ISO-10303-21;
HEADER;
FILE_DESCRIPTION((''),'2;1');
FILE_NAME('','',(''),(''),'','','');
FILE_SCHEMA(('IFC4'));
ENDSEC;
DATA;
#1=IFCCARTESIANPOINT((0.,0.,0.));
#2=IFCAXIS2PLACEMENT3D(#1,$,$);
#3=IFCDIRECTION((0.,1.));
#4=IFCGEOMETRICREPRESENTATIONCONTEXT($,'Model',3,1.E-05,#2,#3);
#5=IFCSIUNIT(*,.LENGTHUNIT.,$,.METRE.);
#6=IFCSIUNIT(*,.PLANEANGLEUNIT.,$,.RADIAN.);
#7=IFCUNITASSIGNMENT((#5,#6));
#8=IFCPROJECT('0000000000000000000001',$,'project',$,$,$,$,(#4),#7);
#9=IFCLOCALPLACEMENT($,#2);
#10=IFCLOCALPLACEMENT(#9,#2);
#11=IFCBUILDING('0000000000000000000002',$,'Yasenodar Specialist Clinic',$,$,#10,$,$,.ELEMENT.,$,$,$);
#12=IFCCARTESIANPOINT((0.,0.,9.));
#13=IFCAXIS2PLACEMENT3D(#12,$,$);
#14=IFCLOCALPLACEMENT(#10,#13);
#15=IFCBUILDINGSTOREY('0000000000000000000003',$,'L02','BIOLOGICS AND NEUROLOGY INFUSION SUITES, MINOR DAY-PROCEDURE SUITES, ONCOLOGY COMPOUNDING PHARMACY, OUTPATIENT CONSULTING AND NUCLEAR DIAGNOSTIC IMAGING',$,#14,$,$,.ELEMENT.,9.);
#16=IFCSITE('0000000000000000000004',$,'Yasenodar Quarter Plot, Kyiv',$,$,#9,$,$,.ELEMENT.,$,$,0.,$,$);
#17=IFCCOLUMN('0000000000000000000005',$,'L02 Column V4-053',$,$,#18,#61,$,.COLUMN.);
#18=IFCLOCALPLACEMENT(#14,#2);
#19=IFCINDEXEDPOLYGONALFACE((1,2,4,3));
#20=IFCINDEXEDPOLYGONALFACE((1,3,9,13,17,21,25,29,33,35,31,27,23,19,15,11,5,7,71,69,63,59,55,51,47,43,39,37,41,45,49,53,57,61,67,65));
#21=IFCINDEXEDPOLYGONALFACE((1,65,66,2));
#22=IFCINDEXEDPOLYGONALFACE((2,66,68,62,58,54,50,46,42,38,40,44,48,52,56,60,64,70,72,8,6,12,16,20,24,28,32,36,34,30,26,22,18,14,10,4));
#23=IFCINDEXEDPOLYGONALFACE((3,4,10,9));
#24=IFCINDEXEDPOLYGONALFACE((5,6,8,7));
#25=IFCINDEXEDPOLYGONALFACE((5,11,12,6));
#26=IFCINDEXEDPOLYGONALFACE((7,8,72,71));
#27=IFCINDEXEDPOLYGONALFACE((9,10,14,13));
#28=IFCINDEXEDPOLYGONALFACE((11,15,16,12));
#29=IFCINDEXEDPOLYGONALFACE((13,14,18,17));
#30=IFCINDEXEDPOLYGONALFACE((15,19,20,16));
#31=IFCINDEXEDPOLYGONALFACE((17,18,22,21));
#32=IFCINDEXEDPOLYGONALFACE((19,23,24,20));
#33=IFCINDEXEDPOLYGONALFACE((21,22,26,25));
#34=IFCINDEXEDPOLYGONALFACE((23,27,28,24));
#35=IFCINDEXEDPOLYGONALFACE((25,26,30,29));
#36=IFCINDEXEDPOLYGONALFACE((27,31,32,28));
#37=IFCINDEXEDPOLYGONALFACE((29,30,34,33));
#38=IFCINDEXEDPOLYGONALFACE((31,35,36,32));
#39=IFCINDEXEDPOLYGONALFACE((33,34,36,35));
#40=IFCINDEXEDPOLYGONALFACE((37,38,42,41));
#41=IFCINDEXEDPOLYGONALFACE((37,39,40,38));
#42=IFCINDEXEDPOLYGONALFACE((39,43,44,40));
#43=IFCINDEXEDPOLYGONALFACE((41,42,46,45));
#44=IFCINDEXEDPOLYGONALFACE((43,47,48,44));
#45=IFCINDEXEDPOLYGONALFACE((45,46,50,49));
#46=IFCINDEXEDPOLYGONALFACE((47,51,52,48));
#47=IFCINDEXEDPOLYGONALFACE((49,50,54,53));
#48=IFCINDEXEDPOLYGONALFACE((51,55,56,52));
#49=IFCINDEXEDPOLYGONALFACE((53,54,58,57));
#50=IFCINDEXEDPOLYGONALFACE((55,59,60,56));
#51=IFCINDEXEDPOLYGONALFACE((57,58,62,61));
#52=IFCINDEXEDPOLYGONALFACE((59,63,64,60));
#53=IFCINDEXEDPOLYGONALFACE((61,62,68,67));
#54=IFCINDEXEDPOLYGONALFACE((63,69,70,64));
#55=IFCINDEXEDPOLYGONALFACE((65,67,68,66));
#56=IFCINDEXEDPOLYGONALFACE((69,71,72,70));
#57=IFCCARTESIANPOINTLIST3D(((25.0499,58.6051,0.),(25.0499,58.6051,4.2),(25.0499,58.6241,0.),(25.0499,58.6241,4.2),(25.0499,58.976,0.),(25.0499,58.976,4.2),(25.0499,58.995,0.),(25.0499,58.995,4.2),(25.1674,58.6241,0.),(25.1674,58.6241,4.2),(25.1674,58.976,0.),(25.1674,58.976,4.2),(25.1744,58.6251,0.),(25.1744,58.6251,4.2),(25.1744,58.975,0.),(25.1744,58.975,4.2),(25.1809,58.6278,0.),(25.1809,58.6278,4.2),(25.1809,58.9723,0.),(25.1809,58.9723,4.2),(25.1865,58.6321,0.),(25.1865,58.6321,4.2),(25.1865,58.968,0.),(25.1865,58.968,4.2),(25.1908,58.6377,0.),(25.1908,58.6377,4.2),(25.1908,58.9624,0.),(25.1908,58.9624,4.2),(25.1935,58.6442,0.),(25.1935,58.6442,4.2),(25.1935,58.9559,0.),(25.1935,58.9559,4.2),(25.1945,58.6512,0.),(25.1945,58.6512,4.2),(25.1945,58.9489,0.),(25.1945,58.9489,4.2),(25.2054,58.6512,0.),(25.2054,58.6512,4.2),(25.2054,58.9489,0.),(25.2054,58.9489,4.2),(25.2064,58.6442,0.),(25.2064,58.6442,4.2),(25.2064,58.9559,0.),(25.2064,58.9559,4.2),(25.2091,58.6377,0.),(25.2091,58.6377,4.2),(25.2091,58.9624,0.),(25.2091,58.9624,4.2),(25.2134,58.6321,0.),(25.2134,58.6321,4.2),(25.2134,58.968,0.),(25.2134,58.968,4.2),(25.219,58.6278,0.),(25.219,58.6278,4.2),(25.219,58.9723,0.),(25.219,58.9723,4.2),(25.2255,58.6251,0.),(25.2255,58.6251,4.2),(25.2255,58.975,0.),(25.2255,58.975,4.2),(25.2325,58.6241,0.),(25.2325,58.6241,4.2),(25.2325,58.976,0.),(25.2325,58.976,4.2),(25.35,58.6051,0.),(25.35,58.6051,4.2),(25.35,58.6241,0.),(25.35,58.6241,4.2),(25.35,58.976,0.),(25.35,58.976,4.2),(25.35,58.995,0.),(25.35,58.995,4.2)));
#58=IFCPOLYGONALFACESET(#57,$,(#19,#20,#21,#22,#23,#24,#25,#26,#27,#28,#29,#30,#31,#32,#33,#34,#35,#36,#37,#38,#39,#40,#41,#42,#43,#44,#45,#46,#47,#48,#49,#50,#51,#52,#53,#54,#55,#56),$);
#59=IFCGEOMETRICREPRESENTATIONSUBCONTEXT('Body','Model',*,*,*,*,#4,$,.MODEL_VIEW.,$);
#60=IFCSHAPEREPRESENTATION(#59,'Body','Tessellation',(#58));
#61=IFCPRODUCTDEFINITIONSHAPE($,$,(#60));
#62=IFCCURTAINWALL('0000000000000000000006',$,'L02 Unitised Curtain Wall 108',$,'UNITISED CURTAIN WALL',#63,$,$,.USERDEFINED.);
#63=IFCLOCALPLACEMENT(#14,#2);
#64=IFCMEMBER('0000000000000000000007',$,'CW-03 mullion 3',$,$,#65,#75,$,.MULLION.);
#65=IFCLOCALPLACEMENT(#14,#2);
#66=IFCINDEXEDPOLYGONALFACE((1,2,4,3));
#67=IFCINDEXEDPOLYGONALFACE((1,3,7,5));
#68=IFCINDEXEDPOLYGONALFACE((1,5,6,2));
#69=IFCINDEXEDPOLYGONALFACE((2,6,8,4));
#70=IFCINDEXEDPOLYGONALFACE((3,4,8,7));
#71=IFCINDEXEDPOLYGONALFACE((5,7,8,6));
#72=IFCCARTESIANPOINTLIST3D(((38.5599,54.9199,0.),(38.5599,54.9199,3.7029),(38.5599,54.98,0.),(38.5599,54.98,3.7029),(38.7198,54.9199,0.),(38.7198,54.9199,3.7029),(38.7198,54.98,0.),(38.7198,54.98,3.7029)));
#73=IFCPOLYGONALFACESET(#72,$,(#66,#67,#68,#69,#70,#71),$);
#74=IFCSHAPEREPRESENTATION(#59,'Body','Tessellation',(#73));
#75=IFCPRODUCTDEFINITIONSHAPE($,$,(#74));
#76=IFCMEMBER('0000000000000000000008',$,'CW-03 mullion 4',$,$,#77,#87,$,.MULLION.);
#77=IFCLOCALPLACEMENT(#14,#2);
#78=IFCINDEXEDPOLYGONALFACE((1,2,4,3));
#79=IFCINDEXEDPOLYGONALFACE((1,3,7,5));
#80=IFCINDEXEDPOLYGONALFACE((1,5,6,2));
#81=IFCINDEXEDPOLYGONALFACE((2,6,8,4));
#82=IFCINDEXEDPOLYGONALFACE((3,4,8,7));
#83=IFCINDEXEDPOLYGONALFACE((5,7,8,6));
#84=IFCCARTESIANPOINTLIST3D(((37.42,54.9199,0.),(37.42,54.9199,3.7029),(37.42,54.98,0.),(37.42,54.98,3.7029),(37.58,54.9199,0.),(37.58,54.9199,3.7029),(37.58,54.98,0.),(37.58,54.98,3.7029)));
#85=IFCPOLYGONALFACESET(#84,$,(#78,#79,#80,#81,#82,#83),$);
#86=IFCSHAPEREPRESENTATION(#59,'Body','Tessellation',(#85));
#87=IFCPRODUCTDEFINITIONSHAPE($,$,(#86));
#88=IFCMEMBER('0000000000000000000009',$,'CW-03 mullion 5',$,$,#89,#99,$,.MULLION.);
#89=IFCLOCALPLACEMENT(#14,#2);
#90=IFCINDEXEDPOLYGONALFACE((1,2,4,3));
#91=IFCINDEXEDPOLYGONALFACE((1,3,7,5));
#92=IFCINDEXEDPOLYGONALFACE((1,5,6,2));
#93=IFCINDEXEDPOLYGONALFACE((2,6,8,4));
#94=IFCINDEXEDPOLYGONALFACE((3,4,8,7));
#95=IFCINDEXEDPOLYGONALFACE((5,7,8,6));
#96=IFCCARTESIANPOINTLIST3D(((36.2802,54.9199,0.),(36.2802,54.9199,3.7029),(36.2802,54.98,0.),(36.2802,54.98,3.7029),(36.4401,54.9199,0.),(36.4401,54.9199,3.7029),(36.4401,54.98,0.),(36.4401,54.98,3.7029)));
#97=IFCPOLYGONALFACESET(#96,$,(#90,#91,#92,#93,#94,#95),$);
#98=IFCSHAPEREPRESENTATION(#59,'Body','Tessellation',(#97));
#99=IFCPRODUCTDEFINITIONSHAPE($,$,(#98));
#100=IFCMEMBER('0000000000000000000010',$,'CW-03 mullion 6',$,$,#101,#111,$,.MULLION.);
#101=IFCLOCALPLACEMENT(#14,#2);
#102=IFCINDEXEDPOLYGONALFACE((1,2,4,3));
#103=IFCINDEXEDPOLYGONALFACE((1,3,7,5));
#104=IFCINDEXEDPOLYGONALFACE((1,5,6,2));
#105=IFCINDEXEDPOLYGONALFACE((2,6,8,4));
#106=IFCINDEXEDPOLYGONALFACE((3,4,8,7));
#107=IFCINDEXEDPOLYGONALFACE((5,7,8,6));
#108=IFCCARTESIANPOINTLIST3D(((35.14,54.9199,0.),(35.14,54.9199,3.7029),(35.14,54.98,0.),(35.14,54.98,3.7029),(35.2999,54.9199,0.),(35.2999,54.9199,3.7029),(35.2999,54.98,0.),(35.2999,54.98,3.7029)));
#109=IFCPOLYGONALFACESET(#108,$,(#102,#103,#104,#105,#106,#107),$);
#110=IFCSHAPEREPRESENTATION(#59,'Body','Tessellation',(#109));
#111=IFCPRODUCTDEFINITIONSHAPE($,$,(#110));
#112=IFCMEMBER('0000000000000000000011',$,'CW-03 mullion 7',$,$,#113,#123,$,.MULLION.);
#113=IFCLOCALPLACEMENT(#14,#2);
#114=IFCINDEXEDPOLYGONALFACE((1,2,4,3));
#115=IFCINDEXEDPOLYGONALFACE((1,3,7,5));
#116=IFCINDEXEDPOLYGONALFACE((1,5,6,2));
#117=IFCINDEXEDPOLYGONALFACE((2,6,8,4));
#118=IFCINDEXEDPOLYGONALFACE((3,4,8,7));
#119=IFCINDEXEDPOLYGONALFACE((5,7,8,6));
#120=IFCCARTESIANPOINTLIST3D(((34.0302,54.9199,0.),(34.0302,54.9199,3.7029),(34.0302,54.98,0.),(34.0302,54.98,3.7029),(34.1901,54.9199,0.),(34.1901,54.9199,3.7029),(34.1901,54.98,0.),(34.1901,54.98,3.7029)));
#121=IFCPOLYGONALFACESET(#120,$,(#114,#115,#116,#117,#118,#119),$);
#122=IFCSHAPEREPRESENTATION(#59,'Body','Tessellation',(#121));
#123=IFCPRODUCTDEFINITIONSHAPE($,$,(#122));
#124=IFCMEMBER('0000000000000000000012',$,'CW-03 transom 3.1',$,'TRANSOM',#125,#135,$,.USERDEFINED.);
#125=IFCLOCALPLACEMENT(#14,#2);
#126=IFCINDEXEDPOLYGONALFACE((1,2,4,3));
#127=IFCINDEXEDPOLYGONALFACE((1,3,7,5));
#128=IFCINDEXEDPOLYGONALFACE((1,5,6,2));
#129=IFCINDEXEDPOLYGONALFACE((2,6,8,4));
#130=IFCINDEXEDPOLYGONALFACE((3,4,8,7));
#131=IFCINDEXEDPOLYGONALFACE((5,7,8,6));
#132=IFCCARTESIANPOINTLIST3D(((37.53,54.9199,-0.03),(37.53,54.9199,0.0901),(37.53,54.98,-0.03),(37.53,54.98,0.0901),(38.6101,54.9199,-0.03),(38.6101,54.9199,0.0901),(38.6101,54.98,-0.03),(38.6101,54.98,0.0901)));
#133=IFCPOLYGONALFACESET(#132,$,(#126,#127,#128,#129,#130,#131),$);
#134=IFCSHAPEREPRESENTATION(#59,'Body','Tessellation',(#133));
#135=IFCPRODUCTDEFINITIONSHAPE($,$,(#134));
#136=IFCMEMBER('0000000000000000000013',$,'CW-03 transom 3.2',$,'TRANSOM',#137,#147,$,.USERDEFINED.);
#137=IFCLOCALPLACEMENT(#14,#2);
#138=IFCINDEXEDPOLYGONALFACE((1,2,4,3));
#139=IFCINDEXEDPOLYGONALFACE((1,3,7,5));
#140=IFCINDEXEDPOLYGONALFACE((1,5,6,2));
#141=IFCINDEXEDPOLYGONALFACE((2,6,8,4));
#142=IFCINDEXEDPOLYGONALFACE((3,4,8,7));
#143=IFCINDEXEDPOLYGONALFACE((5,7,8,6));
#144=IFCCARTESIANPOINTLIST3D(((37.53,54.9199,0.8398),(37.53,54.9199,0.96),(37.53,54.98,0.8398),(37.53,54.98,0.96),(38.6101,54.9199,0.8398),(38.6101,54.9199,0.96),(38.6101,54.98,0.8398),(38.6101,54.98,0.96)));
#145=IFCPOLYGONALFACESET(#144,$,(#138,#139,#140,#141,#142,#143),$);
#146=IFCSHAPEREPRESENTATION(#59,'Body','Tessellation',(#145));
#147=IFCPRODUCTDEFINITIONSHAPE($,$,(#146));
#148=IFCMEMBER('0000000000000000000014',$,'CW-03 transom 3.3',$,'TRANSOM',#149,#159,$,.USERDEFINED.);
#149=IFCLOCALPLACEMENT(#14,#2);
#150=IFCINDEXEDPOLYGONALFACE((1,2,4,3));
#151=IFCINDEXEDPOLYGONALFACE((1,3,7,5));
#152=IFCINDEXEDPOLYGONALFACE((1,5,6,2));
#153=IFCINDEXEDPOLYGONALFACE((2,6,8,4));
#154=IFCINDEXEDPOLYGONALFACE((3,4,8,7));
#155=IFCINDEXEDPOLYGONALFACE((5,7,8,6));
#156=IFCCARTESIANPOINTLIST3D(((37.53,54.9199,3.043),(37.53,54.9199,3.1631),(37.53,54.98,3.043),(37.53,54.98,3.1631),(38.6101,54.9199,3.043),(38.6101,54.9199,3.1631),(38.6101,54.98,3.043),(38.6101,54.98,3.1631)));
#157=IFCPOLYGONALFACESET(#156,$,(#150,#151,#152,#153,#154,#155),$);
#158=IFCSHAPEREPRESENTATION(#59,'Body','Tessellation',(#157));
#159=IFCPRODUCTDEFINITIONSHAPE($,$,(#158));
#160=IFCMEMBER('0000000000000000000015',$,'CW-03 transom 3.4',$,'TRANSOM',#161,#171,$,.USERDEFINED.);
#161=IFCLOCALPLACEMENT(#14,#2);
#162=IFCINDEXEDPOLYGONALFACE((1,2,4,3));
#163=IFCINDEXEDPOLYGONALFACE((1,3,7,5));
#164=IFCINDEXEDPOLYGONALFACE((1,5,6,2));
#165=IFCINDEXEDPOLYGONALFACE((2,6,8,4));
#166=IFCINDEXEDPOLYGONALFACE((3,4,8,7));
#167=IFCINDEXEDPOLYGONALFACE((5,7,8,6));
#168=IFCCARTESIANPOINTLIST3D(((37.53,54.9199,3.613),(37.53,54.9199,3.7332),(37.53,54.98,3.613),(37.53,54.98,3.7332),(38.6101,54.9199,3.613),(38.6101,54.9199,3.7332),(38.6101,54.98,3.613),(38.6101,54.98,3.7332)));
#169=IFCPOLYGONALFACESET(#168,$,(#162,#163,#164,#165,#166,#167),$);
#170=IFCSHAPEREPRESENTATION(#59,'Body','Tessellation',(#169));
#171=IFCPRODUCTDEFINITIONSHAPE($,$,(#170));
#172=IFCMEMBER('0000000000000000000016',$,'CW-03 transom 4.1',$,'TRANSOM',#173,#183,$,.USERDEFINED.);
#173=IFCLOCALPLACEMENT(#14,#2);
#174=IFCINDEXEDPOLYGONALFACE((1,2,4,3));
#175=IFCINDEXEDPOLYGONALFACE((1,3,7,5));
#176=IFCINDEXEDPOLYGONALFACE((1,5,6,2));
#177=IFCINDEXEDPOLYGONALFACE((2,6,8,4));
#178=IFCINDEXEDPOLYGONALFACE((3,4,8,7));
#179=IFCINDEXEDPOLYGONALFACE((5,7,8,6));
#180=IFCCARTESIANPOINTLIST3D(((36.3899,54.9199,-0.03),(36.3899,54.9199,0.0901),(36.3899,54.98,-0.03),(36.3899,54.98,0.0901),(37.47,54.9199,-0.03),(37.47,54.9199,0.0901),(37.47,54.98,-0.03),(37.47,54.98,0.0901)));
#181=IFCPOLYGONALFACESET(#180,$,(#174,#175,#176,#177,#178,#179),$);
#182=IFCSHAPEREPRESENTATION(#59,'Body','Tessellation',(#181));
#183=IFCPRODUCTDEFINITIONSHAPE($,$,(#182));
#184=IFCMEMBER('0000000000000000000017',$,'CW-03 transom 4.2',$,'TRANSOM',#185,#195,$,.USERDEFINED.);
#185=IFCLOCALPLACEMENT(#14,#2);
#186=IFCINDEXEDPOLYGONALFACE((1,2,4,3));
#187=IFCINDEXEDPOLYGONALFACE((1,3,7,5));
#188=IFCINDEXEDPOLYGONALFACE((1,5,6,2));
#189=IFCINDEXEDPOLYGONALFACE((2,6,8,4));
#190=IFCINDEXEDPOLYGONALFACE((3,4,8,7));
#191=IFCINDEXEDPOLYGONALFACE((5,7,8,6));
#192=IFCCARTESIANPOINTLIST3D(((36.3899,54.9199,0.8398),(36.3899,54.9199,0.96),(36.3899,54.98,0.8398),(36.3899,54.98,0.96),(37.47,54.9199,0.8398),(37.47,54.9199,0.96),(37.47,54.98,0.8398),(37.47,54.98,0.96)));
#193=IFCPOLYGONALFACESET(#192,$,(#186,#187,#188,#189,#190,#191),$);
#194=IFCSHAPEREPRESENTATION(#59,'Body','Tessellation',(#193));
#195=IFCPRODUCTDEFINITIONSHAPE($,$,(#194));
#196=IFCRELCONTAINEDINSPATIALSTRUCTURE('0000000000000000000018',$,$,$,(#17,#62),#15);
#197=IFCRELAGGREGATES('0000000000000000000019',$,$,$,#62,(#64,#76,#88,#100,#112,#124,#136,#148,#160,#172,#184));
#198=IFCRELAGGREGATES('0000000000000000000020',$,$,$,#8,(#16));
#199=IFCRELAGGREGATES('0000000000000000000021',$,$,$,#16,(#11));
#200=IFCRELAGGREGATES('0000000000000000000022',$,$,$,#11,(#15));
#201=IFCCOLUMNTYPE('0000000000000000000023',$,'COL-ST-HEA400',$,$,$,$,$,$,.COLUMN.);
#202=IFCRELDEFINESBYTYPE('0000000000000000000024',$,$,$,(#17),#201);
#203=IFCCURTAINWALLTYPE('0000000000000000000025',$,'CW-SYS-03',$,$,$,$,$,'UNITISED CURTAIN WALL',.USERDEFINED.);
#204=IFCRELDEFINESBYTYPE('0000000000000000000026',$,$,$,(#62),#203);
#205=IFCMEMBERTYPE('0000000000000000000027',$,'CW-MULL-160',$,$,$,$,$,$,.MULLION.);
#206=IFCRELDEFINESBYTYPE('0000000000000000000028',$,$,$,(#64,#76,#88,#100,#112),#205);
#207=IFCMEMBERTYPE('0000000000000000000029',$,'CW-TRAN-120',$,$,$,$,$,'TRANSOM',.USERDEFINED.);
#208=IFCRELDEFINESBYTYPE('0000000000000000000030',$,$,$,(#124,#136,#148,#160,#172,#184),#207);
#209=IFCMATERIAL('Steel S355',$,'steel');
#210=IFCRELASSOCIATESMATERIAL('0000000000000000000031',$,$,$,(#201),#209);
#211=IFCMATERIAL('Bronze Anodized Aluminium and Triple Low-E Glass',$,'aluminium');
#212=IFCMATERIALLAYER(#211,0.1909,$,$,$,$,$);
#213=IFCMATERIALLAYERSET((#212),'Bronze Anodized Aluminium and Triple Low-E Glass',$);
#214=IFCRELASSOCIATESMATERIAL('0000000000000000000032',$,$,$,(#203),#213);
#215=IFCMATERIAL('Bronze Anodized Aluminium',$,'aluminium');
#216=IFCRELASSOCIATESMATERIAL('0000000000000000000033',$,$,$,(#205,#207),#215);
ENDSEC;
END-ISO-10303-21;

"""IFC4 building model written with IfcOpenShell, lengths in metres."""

from ifc_helpers import new_model, si_unit, direction, frame, origin, origin_2d, place, context, subcontext, project, spatial, rectangle, i_section, extrude, material, layer, layer_set, material_profile, profile_set, type_object, element, aggregate, save


model = new_model("IFC4")

# Units and contexts
model_context = context("Model", 3, precision=1e-05, world=origin(), true_north=direction((0.0, 1.0)))
body_context = subcontext(model_context, "Body", "Model", "MODEL_VIEW")
ifc_project = project(units=[si_unit("LENGTHUNIT", "METRE"), si_unit("PLANEANGLEUNIT", "RADIAN")], contexts=[model_context])

# Site, building, storey
site_placement = place(None, origin())
site = spatial("IfcSite", under=ifc_project, at=site_placement, Name="Yasenodar Quarter Plot, Kyiv", CompositionType="ELEMENT", RefElevation=0.0)
building_placement = place(site_placement, origin())
building = spatial("IfcBuilding", under=site, at=building_placement, Name="Yasenodar Specialist Clinic", CompositionType="ELEMENT")
storey_placement = place(building_placement, frame((0.0, 0.0, 9.0)))
storey = spatial("IfcBuildingStorey", under=building, at=storey_placement, Name="L02", Description="BIOLOGICS AND NEUROLOGY INFUSION SUITES, MINOR DAY-PROCEDURE SUITES, ONCOLOGY COMPOUNDING PHARMACY, OUTPATIENT CONSULTING AND NUCLEAR DIAGNOSTIC IMAGING", CompositionType="ELEMENT", Elevation=9.0)

# Column
ifc_material_1 = material(Name="Steel S355", Category="steel")
ifc_material_profile_1 = material_profile(ifc_material_1, i_section(OverallWidth=0.3, OverallDepth=0.3899, WebThickness=0.011, FlangeThickness=0.019, FilletRadius=0.0271, at=origin_2d()), Name="HEA 400")
ifc_profile_set_1 = profile_set([ifc_material_profile_1], Name="Steel S355")
column_type = type_object("IfcColumnType", Name="COL-ST-HEA400", PredefinedType="COLUMN", material=ifc_profile_set_1)
column_placement = place(storey_placement, frame((25.2, 58.8, 0.0), z_axis=(0.0, 0.0, 1.0), x_axis=(1.0, 0.0, 0.0)))
element("IfcColumn", 1, at=column_placement, inside=storey, type_object=column_type, Name="L02 Column V4-053", PredefinedType="COLUMN", context=body_context, shape_type="SweptSolid", body=[
    extrude(i_section(OverallWidth=0.3, OverallDepth=0.3899, WebThickness=0.011, FlangeThickness=0.019, FilletRadius=0.0271, at=origin_2d()), origin(), (0.0, 0.0, 1.0), 4.2),
])

# Curtain wall, members
ifc_material_2 = material(Name="Bronze Anodized Aluminium and Triple Low-E Glass", Category="aluminium")
ifc_layer_1 = layer(ifc_material_2, 0.1909)
ifc_layer_set_1 = layer_set([ifc_layer_1], Name="Bronze Anodized Aluminium and Triple Low-E Glass")
curtain_wall_type = type_object("IfcCurtainWallType", Name="CW-SYS-03", ElementType="UNITISED CURTAIN WALL", PredefinedType="USERDEFINED", material=ifc_layer_set_1)
curtain_wall_placement = place(storey_placement, origin())
curtain_wall = element("IfcCurtainWall", 2, at=curtain_wall_placement, inside=storey, type_object=curtain_wall_type, Name="L02 Unitised Curtain Wall 108", ObjectType="UNITISED CURTAIN WALL", PredefinedType="USERDEFINED")
ifc_material_3 = material(Name="Bronze Anodized Aluminium", Category="aluminium")
ifc_material_profile_2 = material_profile(ifc_material_3, rectangle(XDim=0.0601, YDim=0.1599, at=origin_2d()), Name="CW-MULL 60x160")
ifc_profile_set_2 = profile_set([ifc_material_profile_2], Name="Bronze Anodized Aluminium")
member_type_1 = type_object("IfcMemberType", Name="CW-MULL-160", PredefinedType="MULLION", material=ifc_profile_set_2)
member_1_placement = place(storey_placement, frame((38.6399, 54.95, 0.0), z_axis=(0.0, 0.0, 1.0), x_axis=(0.0, -1.0, 0.0)))
member_1 = element("IfcMember", 3, at=member_1_placement, type_object=member_type_1, Name="CW-03 mullion 3", PredefinedType="MULLION", context=body_context, shape_type="SweptSolid", body=[
    extrude(rectangle(XDim=0.0601, YDim=0.1599, at=origin_2d()), origin(), (0.0, 0.0, 1.0), 3.7029),
])
member_2_placement = place(storey_placement, frame((37.5, 54.95, 0.0), z_axis=(0.0, 0.0, 1.0), x_axis=(0.0, -1.0, 0.0)))
member_2 = element("IfcMember", 4, at=member_2_placement, type_object=member_type_1, Name="CW-03 mullion 4", PredefinedType="MULLION", context=body_context, shape_type="SweptSolid", body=[
    extrude(rectangle(XDim=0.0601, YDim=0.1599, at=origin_2d()), origin(), (0.0, 0.0, 1.0), 3.7029),
])
member_3_placement = place(storey_placement, frame((36.3601, 54.95, 0.0), z_axis=(0.0, 0.0, 1.0), x_axis=(0.0, -1.0, 0.0)))
member_3 = element("IfcMember", 5, at=member_3_placement, type_object=member_type_1, Name="CW-03 mullion 5", PredefinedType="MULLION", context=body_context, shape_type="SweptSolid", body=[
    extrude(rectangle(XDim=0.0601, YDim=0.1599, at=origin_2d()), origin(), (0.0, 0.0, 1.0), 3.7029),
])
member_4_placement = place(storey_placement, frame((35.22, 54.95, 0.0), z_axis=(0.0, 0.0, 1.0), x_axis=(0.0, -1.0, 0.0)))
member_4 = element("IfcMember", 6, at=member_4_placement, type_object=member_type_1, Name="CW-03 mullion 6", PredefinedType="MULLION", context=body_context, shape_type="SweptSolid", body=[
    extrude(rectangle(XDim=0.0601, YDim=0.1599, at=origin_2d()), origin(), (0.0, 0.0, 1.0), 3.7029),
])
member_5_placement = place(storey_placement, frame((34.1101, 54.95, 0.0), z_axis=(0.0, 0.0, 1.0), x_axis=(0.0, -1.0, 0.0)))
member_5 = element("IfcMember", 7, at=member_5_placement, type_object=member_type_1, Name="CW-03 mullion 7", PredefinedType="MULLION", context=body_context, shape_type="SweptSolid", body=[
    extrude(rectangle(XDim=0.0601, YDim=0.1599, at=origin_2d()), origin(), (0.0, 0.0, 1.0), 3.7029),
])
ifc_material_profile_3 = material_profile(ifc_material_3, rectangle(XDim=0.0601, YDim=0.1201, at=origin_2d()), Name="CW-TRAN 60x120")
ifc_profile_set_3 = profile_set([ifc_material_profile_3], Name="Bronze Anodized Aluminium")
member_type_2 = type_object("IfcMemberType", Name="CW-TRAN-120", ElementType="TRANSOM", PredefinedType="USERDEFINED", material=ifc_profile_set_3)
member_6_placement = place(storey_placement, frame((38.6101, 54.95, 0.03), z_axis=(-1.0, 0.0, 0.0), x_axis=(0.0, -1.0, 0.0)))
member_6 = element("IfcMember", 8, at=member_6_placement, type_object=member_type_2, Name="CW-03 transom 3.1", ObjectType="TRANSOM", PredefinedType="USERDEFINED", context=body_context, shape_type="SweptSolid", body=[
    extrude(rectangle(XDim=0.0601, YDim=0.1201, at=origin_2d()), origin(), (0.0, 0.0, 1.0), 1.0801),
])
member_7_placement = place(storey_placement, frame((38.6101, 54.95, 0.8999), z_axis=(-1.0, 0.0, 0.0), x_axis=(0.0, -1.0, 0.0)))
member_7 = element("IfcMember", 9, at=member_7_placement, type_object=member_type_2, Name="CW-03 transom 3.2", ObjectType="TRANSOM", PredefinedType="USERDEFINED", context=body_context, shape_type="SweptSolid", body=[
    extrude(rectangle(XDim=0.0601, YDim=0.1201, at=origin_2d()), origin(), (0.0, 0.0, 1.0), 1.0801),
])
member_8_placement = place(storey_placement, frame((38.6101, 54.95, 3.103), z_axis=(-1.0, 0.0, 0.0), x_axis=(0.0, -1.0, 0.0)))
member_8 = element("IfcMember", 10, at=member_8_placement, type_object=member_type_2, Name="CW-03 transom 3.3", ObjectType="TRANSOM", PredefinedType="USERDEFINED", context=body_context, shape_type="SweptSolid", body=[
    extrude(rectangle(XDim=0.0601, YDim=0.1201, at=origin_2d()), origin(), (0.0, 0.0, 1.0), 1.0801),
])
member_9_placement = place(storey_placement, frame((38.6101, 54.95, 3.6731), z_axis=(-1.0, 0.0, 0.0), x_axis=(0.0, -1.0, 0.0)))
member_9 = element("IfcMember", 11, at=member_9_placement, type_object=member_type_2, Name="CW-03 transom 3.4", ObjectType="TRANSOM", PredefinedType="USERDEFINED", context=body_context, shape_type="SweptSolid", body=[
    extrude(rectangle(XDim=0.0601, YDim=0.1201, at=origin_2d()), origin(), (0.0, 0.0, 1.0), 1.0801),
])
member_10_placement = place(storey_placement, frame((37.47, 54.95, 0.03), z_axis=(-1.0, 0.0, 0.0), x_axis=(0.0, -1.0, 0.0)))
member_10 = element("IfcMember", 12, at=member_10_placement, type_object=member_type_2, Name="CW-03 transom 4.1", ObjectType="TRANSOM", PredefinedType="USERDEFINED", context=body_context, shape_type="SweptSolid", body=[
    extrude(rectangle(XDim=0.0601, YDim=0.1201, at=origin_2d()), origin(), (0.0, 0.0, 1.0), 1.0801),
])
member_11_placement = place(storey_placement, frame((37.47, 54.95, 0.8999), z_axis=(-1.0, 0.0, 0.0), x_axis=(0.0, -1.0, 0.0)))
member_11 = element("IfcMember", 13, at=member_11_placement, type_object=member_type_2, Name="CW-03 transom 4.2", ObjectType="TRANSOM", PredefinedType="USERDEFINED", context=body_context, shape_type="SweptSolid", body=[
    extrude(rectangle(XDim=0.0601, YDim=0.1201, at=origin_2d()), origin(), (0.0, 0.0, 1.0), 1.0801),
])
aggregate(curtain_wall, [member_1, member_2, member_3, member_4, member_5, member_6, member_7, member_8, member_9, member_10, member_11])

save(model, "model.ifc")
